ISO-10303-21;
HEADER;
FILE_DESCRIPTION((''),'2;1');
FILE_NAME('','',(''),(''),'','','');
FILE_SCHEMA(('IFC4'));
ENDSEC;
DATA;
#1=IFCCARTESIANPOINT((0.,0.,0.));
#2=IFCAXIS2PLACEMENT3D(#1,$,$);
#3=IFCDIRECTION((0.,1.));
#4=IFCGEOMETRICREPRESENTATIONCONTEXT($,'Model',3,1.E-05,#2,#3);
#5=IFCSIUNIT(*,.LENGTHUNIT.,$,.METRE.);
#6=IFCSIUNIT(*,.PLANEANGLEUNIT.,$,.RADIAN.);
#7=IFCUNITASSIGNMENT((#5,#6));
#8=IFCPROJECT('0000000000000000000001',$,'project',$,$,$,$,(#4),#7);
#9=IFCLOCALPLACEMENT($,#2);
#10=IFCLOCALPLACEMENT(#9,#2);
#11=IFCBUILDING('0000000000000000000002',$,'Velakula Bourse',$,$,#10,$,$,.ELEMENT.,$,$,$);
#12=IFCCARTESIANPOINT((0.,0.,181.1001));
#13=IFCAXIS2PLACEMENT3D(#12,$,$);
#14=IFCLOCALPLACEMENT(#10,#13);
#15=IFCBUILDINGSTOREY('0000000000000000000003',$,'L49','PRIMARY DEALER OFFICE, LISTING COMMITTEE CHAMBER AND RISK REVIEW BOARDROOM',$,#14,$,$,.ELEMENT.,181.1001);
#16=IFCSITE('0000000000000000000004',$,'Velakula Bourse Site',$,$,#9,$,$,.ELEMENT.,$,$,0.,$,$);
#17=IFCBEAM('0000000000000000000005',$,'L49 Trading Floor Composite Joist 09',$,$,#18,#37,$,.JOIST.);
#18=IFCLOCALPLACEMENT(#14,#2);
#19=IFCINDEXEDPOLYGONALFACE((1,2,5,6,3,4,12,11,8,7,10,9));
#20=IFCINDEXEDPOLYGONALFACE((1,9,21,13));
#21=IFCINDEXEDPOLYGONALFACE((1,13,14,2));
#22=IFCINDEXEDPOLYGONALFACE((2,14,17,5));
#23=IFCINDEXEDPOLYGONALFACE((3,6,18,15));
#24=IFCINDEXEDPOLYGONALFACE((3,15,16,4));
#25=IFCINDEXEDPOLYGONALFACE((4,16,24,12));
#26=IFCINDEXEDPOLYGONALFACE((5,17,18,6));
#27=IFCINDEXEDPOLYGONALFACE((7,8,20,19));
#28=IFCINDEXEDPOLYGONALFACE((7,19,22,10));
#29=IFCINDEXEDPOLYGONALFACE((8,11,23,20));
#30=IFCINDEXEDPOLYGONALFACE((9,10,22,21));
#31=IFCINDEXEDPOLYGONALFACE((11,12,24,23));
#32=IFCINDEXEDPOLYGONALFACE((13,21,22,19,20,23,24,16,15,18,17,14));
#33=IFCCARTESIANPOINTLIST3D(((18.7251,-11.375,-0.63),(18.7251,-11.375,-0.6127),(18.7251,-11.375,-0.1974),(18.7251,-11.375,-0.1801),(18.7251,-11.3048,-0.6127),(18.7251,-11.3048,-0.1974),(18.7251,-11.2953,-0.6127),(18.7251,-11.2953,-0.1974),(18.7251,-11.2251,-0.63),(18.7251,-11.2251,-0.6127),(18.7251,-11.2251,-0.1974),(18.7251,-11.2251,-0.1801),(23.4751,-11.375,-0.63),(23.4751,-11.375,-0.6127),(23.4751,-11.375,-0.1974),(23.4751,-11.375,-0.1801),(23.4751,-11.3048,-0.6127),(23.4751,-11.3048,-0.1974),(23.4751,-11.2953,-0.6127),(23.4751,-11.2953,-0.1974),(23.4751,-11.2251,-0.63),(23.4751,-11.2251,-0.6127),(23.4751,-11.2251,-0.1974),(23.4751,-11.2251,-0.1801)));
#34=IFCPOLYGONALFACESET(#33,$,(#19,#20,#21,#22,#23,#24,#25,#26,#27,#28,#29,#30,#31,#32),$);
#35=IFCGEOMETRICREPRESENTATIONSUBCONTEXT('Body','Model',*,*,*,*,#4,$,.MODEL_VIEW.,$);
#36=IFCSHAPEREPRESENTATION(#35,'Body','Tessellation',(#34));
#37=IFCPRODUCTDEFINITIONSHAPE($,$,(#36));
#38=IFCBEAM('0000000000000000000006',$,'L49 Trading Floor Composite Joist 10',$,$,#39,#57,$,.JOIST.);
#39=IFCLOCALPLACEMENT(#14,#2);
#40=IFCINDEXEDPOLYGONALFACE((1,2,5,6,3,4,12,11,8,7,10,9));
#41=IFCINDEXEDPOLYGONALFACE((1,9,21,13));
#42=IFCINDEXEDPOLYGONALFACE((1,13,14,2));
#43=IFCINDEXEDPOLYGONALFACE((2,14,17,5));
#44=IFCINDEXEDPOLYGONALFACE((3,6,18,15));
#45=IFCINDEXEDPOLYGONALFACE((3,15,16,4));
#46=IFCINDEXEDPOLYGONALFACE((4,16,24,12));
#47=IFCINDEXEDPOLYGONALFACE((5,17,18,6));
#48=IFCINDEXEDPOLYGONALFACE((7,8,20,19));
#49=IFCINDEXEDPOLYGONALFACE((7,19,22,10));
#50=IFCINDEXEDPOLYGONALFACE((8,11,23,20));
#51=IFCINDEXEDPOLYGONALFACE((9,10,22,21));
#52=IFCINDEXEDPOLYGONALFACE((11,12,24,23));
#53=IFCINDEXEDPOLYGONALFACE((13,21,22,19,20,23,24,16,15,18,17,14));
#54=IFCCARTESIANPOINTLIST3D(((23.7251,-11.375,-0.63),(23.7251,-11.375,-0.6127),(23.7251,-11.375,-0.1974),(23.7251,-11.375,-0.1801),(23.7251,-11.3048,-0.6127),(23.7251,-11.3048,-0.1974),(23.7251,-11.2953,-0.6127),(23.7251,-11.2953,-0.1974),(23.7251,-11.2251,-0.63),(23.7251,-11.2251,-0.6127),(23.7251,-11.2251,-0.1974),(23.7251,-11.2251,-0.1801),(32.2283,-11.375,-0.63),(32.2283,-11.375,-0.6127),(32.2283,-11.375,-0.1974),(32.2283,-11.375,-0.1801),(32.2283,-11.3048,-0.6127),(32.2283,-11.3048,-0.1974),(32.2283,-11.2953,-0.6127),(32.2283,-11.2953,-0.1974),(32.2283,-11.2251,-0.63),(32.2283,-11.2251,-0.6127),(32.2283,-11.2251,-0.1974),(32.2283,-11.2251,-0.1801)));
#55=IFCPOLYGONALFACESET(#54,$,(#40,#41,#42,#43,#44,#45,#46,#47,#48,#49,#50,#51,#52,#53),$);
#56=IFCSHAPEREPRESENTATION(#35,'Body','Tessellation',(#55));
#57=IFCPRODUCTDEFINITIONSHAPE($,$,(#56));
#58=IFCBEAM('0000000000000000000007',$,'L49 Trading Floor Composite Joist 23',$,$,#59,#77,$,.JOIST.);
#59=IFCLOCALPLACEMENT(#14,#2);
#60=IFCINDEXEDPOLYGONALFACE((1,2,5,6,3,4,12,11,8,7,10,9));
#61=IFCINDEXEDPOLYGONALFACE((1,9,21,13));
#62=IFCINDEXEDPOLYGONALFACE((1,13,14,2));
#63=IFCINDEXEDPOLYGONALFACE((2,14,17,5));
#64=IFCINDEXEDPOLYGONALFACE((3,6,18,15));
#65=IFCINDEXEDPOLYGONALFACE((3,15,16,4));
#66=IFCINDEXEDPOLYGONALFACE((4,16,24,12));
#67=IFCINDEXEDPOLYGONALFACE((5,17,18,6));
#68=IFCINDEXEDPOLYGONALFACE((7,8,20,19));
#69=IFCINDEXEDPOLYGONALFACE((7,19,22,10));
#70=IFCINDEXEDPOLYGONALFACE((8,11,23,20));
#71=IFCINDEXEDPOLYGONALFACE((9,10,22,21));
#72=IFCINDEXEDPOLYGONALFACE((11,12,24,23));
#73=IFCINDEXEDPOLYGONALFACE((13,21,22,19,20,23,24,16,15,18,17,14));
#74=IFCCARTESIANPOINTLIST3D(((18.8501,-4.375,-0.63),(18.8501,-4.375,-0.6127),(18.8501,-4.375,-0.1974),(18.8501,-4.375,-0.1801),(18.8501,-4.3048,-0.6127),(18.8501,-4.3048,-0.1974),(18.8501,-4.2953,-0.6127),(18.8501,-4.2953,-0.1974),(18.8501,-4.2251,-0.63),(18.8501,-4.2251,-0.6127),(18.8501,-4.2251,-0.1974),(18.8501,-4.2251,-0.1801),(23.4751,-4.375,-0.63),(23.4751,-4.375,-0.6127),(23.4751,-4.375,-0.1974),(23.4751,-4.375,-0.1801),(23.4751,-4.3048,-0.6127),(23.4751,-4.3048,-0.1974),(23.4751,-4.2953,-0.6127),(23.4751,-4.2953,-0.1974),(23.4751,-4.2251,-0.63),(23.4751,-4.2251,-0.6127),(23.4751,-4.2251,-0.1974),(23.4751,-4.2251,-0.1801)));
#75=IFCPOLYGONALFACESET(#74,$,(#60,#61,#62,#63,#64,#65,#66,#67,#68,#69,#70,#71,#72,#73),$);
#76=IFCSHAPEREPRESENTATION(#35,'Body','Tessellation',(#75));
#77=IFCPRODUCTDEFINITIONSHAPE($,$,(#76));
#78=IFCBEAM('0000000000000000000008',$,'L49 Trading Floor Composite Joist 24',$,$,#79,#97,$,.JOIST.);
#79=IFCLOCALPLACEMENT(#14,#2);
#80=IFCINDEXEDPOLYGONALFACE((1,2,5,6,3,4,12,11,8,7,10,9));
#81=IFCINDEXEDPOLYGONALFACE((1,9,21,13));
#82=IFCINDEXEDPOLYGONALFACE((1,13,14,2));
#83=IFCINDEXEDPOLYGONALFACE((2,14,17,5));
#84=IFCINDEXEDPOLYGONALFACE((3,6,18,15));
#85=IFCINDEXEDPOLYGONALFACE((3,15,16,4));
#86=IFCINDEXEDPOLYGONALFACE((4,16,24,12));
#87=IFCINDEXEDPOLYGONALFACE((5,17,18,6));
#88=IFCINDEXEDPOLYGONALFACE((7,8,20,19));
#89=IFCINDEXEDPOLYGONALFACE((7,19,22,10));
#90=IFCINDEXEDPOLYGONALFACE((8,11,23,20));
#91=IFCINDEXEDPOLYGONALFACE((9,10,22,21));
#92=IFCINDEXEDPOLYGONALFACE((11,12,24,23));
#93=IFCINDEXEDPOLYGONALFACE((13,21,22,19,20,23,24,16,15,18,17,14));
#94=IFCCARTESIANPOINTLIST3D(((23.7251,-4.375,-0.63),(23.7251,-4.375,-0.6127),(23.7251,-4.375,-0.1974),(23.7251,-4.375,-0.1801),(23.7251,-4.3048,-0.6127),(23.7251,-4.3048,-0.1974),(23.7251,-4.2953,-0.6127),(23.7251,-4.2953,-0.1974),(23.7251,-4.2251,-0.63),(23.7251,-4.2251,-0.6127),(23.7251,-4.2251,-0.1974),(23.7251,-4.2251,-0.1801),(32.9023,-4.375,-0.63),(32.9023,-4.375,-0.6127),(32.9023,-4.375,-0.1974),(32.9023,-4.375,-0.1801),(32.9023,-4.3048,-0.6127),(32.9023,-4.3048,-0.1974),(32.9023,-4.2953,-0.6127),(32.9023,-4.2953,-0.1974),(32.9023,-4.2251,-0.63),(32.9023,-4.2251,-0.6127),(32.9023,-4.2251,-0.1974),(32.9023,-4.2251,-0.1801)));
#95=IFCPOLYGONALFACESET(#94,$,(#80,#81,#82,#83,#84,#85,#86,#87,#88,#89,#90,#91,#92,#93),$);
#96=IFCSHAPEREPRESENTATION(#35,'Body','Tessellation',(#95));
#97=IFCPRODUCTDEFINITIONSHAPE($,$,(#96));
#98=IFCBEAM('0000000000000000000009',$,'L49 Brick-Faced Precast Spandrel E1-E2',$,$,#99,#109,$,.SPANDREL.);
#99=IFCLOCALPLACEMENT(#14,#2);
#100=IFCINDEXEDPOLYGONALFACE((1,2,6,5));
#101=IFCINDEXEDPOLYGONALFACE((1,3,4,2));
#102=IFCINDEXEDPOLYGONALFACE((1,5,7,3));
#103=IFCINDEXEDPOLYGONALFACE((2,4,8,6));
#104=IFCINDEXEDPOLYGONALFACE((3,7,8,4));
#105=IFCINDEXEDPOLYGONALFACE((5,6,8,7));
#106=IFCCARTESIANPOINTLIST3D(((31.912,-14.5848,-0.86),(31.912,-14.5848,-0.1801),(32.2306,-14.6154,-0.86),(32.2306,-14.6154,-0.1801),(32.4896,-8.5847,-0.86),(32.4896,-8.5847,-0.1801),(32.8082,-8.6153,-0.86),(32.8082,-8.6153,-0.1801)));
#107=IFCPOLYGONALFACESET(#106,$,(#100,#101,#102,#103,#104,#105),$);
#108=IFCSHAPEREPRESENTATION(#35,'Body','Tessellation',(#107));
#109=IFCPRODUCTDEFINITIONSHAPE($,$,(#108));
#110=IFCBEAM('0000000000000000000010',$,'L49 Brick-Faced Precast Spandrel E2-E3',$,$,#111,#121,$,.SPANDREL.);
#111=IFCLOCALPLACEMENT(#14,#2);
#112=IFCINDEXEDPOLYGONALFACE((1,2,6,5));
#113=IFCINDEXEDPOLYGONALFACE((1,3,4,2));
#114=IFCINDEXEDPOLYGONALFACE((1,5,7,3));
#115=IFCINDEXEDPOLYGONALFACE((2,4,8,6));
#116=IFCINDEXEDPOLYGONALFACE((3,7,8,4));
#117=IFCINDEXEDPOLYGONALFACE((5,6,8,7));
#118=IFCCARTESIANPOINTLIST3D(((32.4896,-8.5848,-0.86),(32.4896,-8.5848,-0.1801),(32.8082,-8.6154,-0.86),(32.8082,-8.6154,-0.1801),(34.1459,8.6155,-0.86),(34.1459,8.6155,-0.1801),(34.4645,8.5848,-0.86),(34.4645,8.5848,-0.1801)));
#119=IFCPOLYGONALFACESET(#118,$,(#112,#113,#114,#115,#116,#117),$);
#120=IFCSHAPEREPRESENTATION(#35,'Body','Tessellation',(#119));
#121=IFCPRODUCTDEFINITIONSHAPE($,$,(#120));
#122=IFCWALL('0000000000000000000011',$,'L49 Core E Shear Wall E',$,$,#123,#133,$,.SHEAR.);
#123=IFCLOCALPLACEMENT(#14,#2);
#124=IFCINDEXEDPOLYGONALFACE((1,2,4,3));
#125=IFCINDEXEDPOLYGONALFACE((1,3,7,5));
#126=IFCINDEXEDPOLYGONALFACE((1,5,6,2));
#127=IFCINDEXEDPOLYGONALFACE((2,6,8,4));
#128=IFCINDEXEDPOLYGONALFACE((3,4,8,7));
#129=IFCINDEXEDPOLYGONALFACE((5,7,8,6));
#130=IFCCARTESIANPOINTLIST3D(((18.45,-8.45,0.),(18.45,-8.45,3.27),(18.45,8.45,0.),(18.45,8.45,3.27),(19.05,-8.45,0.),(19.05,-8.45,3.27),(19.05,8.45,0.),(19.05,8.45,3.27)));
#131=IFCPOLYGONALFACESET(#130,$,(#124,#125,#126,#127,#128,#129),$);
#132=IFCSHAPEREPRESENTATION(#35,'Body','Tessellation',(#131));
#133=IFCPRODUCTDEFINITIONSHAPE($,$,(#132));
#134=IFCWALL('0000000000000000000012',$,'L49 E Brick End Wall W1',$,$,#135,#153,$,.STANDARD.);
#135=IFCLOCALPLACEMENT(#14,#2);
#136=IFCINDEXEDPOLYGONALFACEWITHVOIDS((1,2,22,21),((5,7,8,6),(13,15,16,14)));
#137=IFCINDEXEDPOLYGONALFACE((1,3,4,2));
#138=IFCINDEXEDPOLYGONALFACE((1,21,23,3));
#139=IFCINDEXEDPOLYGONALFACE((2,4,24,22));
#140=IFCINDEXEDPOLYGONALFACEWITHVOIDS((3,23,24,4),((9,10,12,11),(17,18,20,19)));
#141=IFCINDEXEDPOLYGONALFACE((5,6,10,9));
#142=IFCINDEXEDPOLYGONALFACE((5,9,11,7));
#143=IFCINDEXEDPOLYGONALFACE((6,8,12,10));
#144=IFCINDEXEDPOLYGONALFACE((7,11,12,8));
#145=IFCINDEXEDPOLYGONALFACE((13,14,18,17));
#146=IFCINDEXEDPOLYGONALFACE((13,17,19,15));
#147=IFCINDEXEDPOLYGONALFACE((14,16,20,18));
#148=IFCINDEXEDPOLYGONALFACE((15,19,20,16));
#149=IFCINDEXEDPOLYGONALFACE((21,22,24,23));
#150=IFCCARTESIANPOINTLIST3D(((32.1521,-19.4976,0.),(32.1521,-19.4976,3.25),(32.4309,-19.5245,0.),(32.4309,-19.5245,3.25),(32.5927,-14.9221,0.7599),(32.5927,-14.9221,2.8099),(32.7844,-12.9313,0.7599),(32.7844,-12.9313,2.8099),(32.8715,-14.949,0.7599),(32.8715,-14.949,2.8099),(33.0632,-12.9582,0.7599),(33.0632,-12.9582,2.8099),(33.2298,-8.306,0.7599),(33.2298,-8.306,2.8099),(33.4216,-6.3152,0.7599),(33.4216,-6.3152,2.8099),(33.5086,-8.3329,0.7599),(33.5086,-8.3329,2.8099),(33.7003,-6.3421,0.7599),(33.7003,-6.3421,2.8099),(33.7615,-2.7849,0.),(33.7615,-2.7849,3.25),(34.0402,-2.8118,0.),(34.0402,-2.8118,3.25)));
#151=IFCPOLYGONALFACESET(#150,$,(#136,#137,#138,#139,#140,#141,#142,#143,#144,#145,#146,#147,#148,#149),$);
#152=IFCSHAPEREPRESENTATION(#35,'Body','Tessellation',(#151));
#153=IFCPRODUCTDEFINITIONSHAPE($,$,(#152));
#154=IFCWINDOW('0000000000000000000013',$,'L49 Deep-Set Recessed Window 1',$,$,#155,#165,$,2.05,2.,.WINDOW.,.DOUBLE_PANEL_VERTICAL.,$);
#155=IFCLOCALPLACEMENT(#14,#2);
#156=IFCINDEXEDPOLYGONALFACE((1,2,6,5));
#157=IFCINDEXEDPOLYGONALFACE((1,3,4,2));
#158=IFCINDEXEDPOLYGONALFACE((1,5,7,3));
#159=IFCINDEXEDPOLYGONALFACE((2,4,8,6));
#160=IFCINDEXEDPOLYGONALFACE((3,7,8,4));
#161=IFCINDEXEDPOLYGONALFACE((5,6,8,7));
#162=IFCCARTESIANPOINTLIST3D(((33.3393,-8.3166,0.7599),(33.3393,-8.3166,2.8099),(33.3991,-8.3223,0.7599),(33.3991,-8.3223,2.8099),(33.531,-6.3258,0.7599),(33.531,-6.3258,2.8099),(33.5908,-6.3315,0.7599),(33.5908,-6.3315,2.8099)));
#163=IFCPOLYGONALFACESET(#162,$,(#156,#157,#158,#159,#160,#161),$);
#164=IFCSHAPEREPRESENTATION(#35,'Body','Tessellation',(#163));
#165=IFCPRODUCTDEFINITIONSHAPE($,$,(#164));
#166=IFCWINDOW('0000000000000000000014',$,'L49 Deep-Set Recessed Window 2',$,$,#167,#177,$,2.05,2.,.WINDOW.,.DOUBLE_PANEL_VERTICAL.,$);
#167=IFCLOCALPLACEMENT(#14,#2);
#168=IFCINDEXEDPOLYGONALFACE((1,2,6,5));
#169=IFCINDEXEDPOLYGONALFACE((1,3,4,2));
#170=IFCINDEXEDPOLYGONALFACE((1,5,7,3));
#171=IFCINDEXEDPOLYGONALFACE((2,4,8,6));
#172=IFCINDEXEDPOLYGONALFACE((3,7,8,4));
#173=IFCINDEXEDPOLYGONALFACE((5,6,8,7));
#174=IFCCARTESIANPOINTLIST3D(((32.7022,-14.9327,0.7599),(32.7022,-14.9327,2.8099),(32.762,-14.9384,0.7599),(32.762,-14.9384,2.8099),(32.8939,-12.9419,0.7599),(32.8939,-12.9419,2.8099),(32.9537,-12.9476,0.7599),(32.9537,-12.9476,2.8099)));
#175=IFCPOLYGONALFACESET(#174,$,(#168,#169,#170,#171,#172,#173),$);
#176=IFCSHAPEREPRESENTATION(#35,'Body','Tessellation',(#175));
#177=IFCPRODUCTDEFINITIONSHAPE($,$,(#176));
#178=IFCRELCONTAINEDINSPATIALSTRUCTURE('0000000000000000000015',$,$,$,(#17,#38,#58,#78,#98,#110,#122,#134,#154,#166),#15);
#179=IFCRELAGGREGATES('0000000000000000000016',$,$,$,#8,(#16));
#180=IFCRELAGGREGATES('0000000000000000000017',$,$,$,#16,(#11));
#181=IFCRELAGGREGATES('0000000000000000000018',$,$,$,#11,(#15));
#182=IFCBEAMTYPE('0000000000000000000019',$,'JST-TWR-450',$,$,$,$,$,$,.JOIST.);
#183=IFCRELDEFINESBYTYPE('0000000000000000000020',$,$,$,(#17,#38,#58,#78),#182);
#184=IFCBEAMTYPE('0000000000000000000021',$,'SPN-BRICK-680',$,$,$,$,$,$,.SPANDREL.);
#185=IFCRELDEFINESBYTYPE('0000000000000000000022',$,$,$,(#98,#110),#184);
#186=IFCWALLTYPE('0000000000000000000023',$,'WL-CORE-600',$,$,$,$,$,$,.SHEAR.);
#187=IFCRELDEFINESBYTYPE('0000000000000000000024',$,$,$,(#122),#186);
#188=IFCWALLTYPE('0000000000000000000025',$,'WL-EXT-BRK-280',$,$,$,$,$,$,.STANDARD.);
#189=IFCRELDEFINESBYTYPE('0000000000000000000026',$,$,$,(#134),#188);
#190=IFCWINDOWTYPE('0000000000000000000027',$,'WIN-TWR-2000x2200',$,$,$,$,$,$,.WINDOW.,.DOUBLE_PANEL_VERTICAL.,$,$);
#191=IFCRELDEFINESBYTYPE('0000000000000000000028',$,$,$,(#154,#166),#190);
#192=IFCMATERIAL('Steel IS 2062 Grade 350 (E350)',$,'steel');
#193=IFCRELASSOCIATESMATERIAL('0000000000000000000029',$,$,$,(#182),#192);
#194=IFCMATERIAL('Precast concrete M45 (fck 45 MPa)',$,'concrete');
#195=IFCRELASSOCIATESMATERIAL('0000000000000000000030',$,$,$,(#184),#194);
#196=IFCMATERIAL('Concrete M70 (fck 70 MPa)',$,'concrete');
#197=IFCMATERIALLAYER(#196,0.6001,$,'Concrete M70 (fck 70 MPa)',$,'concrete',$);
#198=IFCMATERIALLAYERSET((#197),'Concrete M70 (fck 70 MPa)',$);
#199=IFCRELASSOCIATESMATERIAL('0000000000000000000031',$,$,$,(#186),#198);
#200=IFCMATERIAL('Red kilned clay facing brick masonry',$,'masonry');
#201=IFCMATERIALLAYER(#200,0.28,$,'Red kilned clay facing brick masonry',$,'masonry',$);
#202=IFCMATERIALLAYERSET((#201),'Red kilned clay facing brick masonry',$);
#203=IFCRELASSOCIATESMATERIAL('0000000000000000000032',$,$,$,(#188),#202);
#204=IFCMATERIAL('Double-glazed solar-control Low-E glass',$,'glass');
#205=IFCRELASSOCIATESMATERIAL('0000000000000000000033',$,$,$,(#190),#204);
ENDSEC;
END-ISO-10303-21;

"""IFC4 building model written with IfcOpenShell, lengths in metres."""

from ifc_helpers import new_model, si_unit, direction, frame, frame_2d, origin, origin_2d, place, context, subcontext, project, spatial, rectangle, i_section, extrude, material, layer, layer_set, material_profile, profile_set, type_object, element, fill, save


model = new_model("IFC4")

# Units and contexts
model_context = context("Model", 3, precision=1e-05, world=origin(), true_north=direction((0.0, 1.0)))
body_context = subcontext(model_context, "Body", "Model", "MODEL_VIEW")
ifc_project = project(units=[si_unit("LENGTHUNIT", "METRE"), si_unit("PLANEANGLEUNIT", "RADIAN")], contexts=[model_context])

# Site, building, storey
site_placement = place(None, origin())
site = spatial("IfcSite", under=ifc_project, at=site_placement, Name="Velakula Bourse Site", CompositionType="ELEMENT", RefElevation=0.0)
building_placement = place(site_placement, origin())
building = spatial("IfcBuilding", under=site, at=building_placement, Name="Velakula Bourse", CompositionType="ELEMENT")
storey_placement = place(building_placement, frame((0.0, 0.0, 181.1001)))
storey = spatial("IfcBuildingStorey", under=building, at=storey_placement, Name="L49", Description="PRIMARY DEALER OFFICE, LISTING COMMITTEE CHAMBER AND RISK REVIEW BOARDROOM", CompositionType="ELEMENT", Elevation=181.1001)

# Shared definitions
ifc_material_1 = material(Name="Concrete M70 (fck 70 MPa)", Category="concrete")
ifc_material_2 = material(Name="Steel IS 2062 Grade 350 (E350)", Category="steel")

# Beams
ifc_material_profile_1 = material_profile(ifc_material_2, i_section(OverallWidth=0.1499, OverallDepth=0.45, WebThickness=0.0095, FlangeThickness=0.0173, at=origin_2d()), Name="Steel IS 2062 Grade 350 (E350)")
ifc_profile_set_1 = profile_set([ifc_material_profile_1], Name="Steel IS 2062 Grade 350 (E350)")
beam_type_1 = type_object("IfcBeamType", Name="JST-TWR-450", PredefinedType="JOIST", material=ifc_profile_set_1)
beam_1_placement = place(storey_placement, frame((18.7251, -11.3, -0.405), z_axis=(1.0, 0.0, 0.0), x_axis=(0.0, 1.0, 0.0)))
element("IfcBeam", 1, at=beam_1_placement, inside=storey, type_object=beam_type_1, Name="L49 Trading Floor Composite Joist 09", PredefinedType="JOIST", context=body_context, shape_type="SweptSolid", body=[
    extrude(i_section(OverallWidth=0.1499, OverallDepth=0.45, WebThickness=0.0095, FlangeThickness=0.0173, at=origin_2d()), origin(), (0.0, 0.0, 1.0), 4.75),
])
beam_2_placement = place(storey_placement, frame((23.7251, -11.3, -0.405), z_axis=(1.0, 0.0, 0.0), x_axis=(0.0, 1.0, 0.0)))
element("IfcBeam", 2, at=beam_2_placement, inside=storey, type_object=beam_type_1, Name="L49 Trading Floor Composite Joist 10", PredefinedType="JOIST", context=body_context, shape_type="SweptSolid", body=[
    extrude(i_section(OverallWidth=0.1499, OverallDepth=0.45, WebThickness=0.0095, FlangeThickness=0.0173, at=origin_2d()), origin(), (0.0, 0.0, 1.0), 8.5032),
])
beam_3_placement = place(storey_placement, frame((18.8501, -4.3, -0.405), z_axis=(1.0, 0.0, 0.0), x_axis=(0.0, 1.0, 0.0)))
element("IfcBeam", 3, at=beam_3_placement, inside=storey, type_object=beam_type_1, Name="L49 Trading Floor Composite Joist 23", PredefinedType="JOIST", context=body_context, shape_type="SweptSolid", body=[
    extrude(i_section(OverallWidth=0.1499, OverallDepth=0.45, WebThickness=0.0095, FlangeThickness=0.0173, at=origin_2d()), origin(), (0.0, 0.0, 1.0), 4.625),
])
beam_4_placement = place(storey_placement, frame((23.7251, -4.3, -0.405), z_axis=(1.0, 0.0, 0.0), x_axis=(0.0, 1.0, 0.0)))
element("IfcBeam", 4, at=beam_4_placement, inside=storey, type_object=beam_type_1, Name="L49 Trading Floor Composite Joist 24", PredefinedType="JOIST", context=body_context, shape_type="SweptSolid", body=[
    extrude(i_section(OverallWidth=0.1499, OverallDepth=0.45, WebThickness=0.0095, FlangeThickness=0.0173, at=origin_2d()), origin(), (0.0, 0.0, 1.0), 9.1772),
])
ifc_material_3 = material(Name="Precast concrete M45 (fck 45 MPa)", Category="concrete")
ifc_material_profile_2 = material_profile(ifc_material_3, rectangle(XDim=0.3201, YDim=0.6799, at=origin_2d()), Name="Precast concrete M45 (fck 45 MPa)")
ifc_profile_set_2 = profile_set([ifc_material_profile_2], Name="Precast concrete M45 (fck 45 MPa)")
beam_type_2 = type_object("IfcBeamType", Name="SPN-BRICK-680", PredefinedType="SPANDREL", material=ifc_profile_set_2)
beam_5_placement = place(storey_placement, frame((32.0713, -14.6001, -0.52), z_axis=(0.09583, 0.995398, 0.0), x_axis=(-0.995398, 0.09583, 0.0)))
element("IfcBeam", 5, at=beam_5_placement, inside=storey, type_object=beam_type_2, Name="L49 Brick-Faced Precast Spandrel E1-E2", PredefinedType="SPANDREL", context=body_context, shape_type="SweptSolid", body=[
    extrude(rectangle(XDim=0.3201, YDim=0.6799, at=origin_2d()), origin(), (0.0, 0.0, 1.0), 6.0278),
])
beam_6_placement = place(storey_placement, frame((32.6489, -8.6001, -0.52), z_axis=(0.095849, 0.995396, 0.0), x_axis=(-0.995396, 0.095849, 0.0)))
element("IfcBeam", 6, at=beam_6_placement, inside=storey, type_object=beam_type_2, Name="L49 Brick-Faced Precast Spandrel E2-E3", PredefinedType="SPANDREL", context=body_context, shape_type="SweptSolid", body=[
    extrude(rectangle(XDim=0.3201, YDim=0.6799, at=origin_2d()), origin(), (0.0, 0.0, 1.0), 17.2798),
])

# Wall
ifc_layer_1 = layer(ifc_material_1, 0.6001, Name="Concrete M70 (fck 70 MPa)", Category="concrete")
ifc_layer_set_1 = layer_set([ifc_layer_1], Name="Concrete M70 (fck 70 MPa)")
wall_type_1 = type_object("IfcWallType", Name="WL-CORE-600", PredefinedType="SHEAR", material=ifc_layer_set_1)
wall_1_placement = place(storey_placement, frame((18.75, -8.45, 0.0), z_axis=(0.0, 0.0, 1.0), x_axis=(0.0, 1.0, 0.0)))
element("IfcWall", 7, at=wall_1_placement, inside=storey, type_object=wall_type_1, Name="L49 Core E Shear Wall E", PredefinedType="SHEAR", context=body_context, shape_type="SweptSolid", body=[
    extrude(rectangle(XDim=16.8999, YDim=0.6001, at=frame_2d((8.45, 0.0))), origin(), (0.0, 0.0, 1.0), 3.27),
])

# Wall, openings, windows
ifc_material_4 = material(Name="Red kilned clay facing brick masonry", Category="masonry")
ifc_layer_2 = layer(ifc_material_4, 0.28, Name="Red kilned clay facing brick masonry", Category="masonry")
ifc_layer_set_2 = layer_set([ifc_layer_2], Name="Red kilned clay facing brick masonry")
wall_type_2 = type_object("IfcWallType", Name="WL-EXT-BRK-280", PredefinedType="STANDARD", material=ifc_layer_set_2)
wall_2_placement = place(storey_placement, frame((33.9009, -2.7983, 0.0), z_axis=(0.0, 0.0, 1.0), x_axis=(-0.095853, -0.995395, 0.0)))
wall_2 = element("IfcWall", 8, at=wall_2_placement, inside=storey, type_object=wall_type_2, Name="L49 E Brick End Wall W1", PredefinedType="STANDARD", context=body_context, shape_type="SweptSolid", body=[
    extrude(rectangle(XDim=16.79, YDim=0.28, at=frame_2d((8.395, 0.0))), origin(), (0.0, 0.0, 1.0), 3.25),
])
opening_1_placement = place(wall_2_placement, frame((3.5466, 0.0, 0.76)))
opening_1 = element("IfcOpeningElement", 9, at=opening_1_placement, cuts=wall_2, PredefinedType="OPENING", context=body_context, shape_type="SweptSolid", body=[
    extrude(rectangle(XDim=2.0, YDim=2.05, at=frame_2d((1.0, 1.0249))), frame((0.0, 0.1499, 0.0), z_axis=(0.0, -1.0, 0.0), x_axis=(1.0, 0.0, 0.0)), (0.0, 0.0, 1.0), 0.3),
])
opening_2_placement = place(wall_2_placement, frame((10.1934, 0.0, 0.76)))
opening_2 = element("IfcOpeningElement", 10, at=opening_2_placement, cuts=wall_2, PredefinedType="OPENING", context=body_context, shape_type="SweptSolid", body=[
    extrude(rectangle(XDim=2.0, YDim=2.05, at=frame_2d((1.0, 1.0249))), frame((0.0, 0.1499, 0.0), z_axis=(0.0, -1.0, 0.0), x_axis=(1.0, 0.0, 0.0)), (0.0, 0.0, 1.0), 0.3),
])
ifc_material_5 = material(Name="Double-glazed solar-control Low-E glass", Category="glass")
window_type = type_object("IfcWindowType", Name="WIN-TWR-2000x2200", PartitioningType="DOUBLE_PANEL_VERTICAL", PredefinedType="WINDOW", material=ifc_material_5)
window_1_placement = place(opening_1_placement, origin())
window_1 = element("IfcWindow", 11, at=window_1_placement, inside=storey, type_object=window_type, Name="L49 Deep-Set Recessed Window 1", OverallHeight=2.05, OverallWidth=2.0, PartitioningType="DOUBLE_PANEL_VERTICAL", PredefinedType="WINDOW", context=body_context, shape_type="SweptSolid", body=[
    extrude(rectangle(XDim=2.0, YDim=2.05, at=frame_2d((1.0, 1.0249))), frame((0.0, 0.03, 0.0), z_axis=(0.0, -1.0, 0.0), x_axis=(1.0, 0.0, 0.0)), (0.0, 0.0, 1.0), 0.0601),
])
fill(opening_1, window_1)
window_2_placement = place(opening_2_placement, origin())
window_2 = element("IfcWindow", 12, at=window_2_placement, inside=storey, type_object=window_type, Name="L49 Deep-Set Recessed Window 2", OverallHeight=2.05, OverallWidth=2.0, PartitioningType="DOUBLE_PANEL_VERTICAL", PredefinedType="WINDOW", context=body_context, shape_type="SweptSolid", body=[
    extrude(rectangle(XDim=2.0, YDim=2.05, at=frame_2d((1.0, 1.0249))), frame((0.0, 0.03, 0.0), z_axis=(0.0, -1.0, 0.0), x_axis=(1.0, 0.0, 0.0)), (0.0, 0.0, 1.0), 0.0601),
])
fill(opening_2, window_2)

save(model, "model.ifc")
